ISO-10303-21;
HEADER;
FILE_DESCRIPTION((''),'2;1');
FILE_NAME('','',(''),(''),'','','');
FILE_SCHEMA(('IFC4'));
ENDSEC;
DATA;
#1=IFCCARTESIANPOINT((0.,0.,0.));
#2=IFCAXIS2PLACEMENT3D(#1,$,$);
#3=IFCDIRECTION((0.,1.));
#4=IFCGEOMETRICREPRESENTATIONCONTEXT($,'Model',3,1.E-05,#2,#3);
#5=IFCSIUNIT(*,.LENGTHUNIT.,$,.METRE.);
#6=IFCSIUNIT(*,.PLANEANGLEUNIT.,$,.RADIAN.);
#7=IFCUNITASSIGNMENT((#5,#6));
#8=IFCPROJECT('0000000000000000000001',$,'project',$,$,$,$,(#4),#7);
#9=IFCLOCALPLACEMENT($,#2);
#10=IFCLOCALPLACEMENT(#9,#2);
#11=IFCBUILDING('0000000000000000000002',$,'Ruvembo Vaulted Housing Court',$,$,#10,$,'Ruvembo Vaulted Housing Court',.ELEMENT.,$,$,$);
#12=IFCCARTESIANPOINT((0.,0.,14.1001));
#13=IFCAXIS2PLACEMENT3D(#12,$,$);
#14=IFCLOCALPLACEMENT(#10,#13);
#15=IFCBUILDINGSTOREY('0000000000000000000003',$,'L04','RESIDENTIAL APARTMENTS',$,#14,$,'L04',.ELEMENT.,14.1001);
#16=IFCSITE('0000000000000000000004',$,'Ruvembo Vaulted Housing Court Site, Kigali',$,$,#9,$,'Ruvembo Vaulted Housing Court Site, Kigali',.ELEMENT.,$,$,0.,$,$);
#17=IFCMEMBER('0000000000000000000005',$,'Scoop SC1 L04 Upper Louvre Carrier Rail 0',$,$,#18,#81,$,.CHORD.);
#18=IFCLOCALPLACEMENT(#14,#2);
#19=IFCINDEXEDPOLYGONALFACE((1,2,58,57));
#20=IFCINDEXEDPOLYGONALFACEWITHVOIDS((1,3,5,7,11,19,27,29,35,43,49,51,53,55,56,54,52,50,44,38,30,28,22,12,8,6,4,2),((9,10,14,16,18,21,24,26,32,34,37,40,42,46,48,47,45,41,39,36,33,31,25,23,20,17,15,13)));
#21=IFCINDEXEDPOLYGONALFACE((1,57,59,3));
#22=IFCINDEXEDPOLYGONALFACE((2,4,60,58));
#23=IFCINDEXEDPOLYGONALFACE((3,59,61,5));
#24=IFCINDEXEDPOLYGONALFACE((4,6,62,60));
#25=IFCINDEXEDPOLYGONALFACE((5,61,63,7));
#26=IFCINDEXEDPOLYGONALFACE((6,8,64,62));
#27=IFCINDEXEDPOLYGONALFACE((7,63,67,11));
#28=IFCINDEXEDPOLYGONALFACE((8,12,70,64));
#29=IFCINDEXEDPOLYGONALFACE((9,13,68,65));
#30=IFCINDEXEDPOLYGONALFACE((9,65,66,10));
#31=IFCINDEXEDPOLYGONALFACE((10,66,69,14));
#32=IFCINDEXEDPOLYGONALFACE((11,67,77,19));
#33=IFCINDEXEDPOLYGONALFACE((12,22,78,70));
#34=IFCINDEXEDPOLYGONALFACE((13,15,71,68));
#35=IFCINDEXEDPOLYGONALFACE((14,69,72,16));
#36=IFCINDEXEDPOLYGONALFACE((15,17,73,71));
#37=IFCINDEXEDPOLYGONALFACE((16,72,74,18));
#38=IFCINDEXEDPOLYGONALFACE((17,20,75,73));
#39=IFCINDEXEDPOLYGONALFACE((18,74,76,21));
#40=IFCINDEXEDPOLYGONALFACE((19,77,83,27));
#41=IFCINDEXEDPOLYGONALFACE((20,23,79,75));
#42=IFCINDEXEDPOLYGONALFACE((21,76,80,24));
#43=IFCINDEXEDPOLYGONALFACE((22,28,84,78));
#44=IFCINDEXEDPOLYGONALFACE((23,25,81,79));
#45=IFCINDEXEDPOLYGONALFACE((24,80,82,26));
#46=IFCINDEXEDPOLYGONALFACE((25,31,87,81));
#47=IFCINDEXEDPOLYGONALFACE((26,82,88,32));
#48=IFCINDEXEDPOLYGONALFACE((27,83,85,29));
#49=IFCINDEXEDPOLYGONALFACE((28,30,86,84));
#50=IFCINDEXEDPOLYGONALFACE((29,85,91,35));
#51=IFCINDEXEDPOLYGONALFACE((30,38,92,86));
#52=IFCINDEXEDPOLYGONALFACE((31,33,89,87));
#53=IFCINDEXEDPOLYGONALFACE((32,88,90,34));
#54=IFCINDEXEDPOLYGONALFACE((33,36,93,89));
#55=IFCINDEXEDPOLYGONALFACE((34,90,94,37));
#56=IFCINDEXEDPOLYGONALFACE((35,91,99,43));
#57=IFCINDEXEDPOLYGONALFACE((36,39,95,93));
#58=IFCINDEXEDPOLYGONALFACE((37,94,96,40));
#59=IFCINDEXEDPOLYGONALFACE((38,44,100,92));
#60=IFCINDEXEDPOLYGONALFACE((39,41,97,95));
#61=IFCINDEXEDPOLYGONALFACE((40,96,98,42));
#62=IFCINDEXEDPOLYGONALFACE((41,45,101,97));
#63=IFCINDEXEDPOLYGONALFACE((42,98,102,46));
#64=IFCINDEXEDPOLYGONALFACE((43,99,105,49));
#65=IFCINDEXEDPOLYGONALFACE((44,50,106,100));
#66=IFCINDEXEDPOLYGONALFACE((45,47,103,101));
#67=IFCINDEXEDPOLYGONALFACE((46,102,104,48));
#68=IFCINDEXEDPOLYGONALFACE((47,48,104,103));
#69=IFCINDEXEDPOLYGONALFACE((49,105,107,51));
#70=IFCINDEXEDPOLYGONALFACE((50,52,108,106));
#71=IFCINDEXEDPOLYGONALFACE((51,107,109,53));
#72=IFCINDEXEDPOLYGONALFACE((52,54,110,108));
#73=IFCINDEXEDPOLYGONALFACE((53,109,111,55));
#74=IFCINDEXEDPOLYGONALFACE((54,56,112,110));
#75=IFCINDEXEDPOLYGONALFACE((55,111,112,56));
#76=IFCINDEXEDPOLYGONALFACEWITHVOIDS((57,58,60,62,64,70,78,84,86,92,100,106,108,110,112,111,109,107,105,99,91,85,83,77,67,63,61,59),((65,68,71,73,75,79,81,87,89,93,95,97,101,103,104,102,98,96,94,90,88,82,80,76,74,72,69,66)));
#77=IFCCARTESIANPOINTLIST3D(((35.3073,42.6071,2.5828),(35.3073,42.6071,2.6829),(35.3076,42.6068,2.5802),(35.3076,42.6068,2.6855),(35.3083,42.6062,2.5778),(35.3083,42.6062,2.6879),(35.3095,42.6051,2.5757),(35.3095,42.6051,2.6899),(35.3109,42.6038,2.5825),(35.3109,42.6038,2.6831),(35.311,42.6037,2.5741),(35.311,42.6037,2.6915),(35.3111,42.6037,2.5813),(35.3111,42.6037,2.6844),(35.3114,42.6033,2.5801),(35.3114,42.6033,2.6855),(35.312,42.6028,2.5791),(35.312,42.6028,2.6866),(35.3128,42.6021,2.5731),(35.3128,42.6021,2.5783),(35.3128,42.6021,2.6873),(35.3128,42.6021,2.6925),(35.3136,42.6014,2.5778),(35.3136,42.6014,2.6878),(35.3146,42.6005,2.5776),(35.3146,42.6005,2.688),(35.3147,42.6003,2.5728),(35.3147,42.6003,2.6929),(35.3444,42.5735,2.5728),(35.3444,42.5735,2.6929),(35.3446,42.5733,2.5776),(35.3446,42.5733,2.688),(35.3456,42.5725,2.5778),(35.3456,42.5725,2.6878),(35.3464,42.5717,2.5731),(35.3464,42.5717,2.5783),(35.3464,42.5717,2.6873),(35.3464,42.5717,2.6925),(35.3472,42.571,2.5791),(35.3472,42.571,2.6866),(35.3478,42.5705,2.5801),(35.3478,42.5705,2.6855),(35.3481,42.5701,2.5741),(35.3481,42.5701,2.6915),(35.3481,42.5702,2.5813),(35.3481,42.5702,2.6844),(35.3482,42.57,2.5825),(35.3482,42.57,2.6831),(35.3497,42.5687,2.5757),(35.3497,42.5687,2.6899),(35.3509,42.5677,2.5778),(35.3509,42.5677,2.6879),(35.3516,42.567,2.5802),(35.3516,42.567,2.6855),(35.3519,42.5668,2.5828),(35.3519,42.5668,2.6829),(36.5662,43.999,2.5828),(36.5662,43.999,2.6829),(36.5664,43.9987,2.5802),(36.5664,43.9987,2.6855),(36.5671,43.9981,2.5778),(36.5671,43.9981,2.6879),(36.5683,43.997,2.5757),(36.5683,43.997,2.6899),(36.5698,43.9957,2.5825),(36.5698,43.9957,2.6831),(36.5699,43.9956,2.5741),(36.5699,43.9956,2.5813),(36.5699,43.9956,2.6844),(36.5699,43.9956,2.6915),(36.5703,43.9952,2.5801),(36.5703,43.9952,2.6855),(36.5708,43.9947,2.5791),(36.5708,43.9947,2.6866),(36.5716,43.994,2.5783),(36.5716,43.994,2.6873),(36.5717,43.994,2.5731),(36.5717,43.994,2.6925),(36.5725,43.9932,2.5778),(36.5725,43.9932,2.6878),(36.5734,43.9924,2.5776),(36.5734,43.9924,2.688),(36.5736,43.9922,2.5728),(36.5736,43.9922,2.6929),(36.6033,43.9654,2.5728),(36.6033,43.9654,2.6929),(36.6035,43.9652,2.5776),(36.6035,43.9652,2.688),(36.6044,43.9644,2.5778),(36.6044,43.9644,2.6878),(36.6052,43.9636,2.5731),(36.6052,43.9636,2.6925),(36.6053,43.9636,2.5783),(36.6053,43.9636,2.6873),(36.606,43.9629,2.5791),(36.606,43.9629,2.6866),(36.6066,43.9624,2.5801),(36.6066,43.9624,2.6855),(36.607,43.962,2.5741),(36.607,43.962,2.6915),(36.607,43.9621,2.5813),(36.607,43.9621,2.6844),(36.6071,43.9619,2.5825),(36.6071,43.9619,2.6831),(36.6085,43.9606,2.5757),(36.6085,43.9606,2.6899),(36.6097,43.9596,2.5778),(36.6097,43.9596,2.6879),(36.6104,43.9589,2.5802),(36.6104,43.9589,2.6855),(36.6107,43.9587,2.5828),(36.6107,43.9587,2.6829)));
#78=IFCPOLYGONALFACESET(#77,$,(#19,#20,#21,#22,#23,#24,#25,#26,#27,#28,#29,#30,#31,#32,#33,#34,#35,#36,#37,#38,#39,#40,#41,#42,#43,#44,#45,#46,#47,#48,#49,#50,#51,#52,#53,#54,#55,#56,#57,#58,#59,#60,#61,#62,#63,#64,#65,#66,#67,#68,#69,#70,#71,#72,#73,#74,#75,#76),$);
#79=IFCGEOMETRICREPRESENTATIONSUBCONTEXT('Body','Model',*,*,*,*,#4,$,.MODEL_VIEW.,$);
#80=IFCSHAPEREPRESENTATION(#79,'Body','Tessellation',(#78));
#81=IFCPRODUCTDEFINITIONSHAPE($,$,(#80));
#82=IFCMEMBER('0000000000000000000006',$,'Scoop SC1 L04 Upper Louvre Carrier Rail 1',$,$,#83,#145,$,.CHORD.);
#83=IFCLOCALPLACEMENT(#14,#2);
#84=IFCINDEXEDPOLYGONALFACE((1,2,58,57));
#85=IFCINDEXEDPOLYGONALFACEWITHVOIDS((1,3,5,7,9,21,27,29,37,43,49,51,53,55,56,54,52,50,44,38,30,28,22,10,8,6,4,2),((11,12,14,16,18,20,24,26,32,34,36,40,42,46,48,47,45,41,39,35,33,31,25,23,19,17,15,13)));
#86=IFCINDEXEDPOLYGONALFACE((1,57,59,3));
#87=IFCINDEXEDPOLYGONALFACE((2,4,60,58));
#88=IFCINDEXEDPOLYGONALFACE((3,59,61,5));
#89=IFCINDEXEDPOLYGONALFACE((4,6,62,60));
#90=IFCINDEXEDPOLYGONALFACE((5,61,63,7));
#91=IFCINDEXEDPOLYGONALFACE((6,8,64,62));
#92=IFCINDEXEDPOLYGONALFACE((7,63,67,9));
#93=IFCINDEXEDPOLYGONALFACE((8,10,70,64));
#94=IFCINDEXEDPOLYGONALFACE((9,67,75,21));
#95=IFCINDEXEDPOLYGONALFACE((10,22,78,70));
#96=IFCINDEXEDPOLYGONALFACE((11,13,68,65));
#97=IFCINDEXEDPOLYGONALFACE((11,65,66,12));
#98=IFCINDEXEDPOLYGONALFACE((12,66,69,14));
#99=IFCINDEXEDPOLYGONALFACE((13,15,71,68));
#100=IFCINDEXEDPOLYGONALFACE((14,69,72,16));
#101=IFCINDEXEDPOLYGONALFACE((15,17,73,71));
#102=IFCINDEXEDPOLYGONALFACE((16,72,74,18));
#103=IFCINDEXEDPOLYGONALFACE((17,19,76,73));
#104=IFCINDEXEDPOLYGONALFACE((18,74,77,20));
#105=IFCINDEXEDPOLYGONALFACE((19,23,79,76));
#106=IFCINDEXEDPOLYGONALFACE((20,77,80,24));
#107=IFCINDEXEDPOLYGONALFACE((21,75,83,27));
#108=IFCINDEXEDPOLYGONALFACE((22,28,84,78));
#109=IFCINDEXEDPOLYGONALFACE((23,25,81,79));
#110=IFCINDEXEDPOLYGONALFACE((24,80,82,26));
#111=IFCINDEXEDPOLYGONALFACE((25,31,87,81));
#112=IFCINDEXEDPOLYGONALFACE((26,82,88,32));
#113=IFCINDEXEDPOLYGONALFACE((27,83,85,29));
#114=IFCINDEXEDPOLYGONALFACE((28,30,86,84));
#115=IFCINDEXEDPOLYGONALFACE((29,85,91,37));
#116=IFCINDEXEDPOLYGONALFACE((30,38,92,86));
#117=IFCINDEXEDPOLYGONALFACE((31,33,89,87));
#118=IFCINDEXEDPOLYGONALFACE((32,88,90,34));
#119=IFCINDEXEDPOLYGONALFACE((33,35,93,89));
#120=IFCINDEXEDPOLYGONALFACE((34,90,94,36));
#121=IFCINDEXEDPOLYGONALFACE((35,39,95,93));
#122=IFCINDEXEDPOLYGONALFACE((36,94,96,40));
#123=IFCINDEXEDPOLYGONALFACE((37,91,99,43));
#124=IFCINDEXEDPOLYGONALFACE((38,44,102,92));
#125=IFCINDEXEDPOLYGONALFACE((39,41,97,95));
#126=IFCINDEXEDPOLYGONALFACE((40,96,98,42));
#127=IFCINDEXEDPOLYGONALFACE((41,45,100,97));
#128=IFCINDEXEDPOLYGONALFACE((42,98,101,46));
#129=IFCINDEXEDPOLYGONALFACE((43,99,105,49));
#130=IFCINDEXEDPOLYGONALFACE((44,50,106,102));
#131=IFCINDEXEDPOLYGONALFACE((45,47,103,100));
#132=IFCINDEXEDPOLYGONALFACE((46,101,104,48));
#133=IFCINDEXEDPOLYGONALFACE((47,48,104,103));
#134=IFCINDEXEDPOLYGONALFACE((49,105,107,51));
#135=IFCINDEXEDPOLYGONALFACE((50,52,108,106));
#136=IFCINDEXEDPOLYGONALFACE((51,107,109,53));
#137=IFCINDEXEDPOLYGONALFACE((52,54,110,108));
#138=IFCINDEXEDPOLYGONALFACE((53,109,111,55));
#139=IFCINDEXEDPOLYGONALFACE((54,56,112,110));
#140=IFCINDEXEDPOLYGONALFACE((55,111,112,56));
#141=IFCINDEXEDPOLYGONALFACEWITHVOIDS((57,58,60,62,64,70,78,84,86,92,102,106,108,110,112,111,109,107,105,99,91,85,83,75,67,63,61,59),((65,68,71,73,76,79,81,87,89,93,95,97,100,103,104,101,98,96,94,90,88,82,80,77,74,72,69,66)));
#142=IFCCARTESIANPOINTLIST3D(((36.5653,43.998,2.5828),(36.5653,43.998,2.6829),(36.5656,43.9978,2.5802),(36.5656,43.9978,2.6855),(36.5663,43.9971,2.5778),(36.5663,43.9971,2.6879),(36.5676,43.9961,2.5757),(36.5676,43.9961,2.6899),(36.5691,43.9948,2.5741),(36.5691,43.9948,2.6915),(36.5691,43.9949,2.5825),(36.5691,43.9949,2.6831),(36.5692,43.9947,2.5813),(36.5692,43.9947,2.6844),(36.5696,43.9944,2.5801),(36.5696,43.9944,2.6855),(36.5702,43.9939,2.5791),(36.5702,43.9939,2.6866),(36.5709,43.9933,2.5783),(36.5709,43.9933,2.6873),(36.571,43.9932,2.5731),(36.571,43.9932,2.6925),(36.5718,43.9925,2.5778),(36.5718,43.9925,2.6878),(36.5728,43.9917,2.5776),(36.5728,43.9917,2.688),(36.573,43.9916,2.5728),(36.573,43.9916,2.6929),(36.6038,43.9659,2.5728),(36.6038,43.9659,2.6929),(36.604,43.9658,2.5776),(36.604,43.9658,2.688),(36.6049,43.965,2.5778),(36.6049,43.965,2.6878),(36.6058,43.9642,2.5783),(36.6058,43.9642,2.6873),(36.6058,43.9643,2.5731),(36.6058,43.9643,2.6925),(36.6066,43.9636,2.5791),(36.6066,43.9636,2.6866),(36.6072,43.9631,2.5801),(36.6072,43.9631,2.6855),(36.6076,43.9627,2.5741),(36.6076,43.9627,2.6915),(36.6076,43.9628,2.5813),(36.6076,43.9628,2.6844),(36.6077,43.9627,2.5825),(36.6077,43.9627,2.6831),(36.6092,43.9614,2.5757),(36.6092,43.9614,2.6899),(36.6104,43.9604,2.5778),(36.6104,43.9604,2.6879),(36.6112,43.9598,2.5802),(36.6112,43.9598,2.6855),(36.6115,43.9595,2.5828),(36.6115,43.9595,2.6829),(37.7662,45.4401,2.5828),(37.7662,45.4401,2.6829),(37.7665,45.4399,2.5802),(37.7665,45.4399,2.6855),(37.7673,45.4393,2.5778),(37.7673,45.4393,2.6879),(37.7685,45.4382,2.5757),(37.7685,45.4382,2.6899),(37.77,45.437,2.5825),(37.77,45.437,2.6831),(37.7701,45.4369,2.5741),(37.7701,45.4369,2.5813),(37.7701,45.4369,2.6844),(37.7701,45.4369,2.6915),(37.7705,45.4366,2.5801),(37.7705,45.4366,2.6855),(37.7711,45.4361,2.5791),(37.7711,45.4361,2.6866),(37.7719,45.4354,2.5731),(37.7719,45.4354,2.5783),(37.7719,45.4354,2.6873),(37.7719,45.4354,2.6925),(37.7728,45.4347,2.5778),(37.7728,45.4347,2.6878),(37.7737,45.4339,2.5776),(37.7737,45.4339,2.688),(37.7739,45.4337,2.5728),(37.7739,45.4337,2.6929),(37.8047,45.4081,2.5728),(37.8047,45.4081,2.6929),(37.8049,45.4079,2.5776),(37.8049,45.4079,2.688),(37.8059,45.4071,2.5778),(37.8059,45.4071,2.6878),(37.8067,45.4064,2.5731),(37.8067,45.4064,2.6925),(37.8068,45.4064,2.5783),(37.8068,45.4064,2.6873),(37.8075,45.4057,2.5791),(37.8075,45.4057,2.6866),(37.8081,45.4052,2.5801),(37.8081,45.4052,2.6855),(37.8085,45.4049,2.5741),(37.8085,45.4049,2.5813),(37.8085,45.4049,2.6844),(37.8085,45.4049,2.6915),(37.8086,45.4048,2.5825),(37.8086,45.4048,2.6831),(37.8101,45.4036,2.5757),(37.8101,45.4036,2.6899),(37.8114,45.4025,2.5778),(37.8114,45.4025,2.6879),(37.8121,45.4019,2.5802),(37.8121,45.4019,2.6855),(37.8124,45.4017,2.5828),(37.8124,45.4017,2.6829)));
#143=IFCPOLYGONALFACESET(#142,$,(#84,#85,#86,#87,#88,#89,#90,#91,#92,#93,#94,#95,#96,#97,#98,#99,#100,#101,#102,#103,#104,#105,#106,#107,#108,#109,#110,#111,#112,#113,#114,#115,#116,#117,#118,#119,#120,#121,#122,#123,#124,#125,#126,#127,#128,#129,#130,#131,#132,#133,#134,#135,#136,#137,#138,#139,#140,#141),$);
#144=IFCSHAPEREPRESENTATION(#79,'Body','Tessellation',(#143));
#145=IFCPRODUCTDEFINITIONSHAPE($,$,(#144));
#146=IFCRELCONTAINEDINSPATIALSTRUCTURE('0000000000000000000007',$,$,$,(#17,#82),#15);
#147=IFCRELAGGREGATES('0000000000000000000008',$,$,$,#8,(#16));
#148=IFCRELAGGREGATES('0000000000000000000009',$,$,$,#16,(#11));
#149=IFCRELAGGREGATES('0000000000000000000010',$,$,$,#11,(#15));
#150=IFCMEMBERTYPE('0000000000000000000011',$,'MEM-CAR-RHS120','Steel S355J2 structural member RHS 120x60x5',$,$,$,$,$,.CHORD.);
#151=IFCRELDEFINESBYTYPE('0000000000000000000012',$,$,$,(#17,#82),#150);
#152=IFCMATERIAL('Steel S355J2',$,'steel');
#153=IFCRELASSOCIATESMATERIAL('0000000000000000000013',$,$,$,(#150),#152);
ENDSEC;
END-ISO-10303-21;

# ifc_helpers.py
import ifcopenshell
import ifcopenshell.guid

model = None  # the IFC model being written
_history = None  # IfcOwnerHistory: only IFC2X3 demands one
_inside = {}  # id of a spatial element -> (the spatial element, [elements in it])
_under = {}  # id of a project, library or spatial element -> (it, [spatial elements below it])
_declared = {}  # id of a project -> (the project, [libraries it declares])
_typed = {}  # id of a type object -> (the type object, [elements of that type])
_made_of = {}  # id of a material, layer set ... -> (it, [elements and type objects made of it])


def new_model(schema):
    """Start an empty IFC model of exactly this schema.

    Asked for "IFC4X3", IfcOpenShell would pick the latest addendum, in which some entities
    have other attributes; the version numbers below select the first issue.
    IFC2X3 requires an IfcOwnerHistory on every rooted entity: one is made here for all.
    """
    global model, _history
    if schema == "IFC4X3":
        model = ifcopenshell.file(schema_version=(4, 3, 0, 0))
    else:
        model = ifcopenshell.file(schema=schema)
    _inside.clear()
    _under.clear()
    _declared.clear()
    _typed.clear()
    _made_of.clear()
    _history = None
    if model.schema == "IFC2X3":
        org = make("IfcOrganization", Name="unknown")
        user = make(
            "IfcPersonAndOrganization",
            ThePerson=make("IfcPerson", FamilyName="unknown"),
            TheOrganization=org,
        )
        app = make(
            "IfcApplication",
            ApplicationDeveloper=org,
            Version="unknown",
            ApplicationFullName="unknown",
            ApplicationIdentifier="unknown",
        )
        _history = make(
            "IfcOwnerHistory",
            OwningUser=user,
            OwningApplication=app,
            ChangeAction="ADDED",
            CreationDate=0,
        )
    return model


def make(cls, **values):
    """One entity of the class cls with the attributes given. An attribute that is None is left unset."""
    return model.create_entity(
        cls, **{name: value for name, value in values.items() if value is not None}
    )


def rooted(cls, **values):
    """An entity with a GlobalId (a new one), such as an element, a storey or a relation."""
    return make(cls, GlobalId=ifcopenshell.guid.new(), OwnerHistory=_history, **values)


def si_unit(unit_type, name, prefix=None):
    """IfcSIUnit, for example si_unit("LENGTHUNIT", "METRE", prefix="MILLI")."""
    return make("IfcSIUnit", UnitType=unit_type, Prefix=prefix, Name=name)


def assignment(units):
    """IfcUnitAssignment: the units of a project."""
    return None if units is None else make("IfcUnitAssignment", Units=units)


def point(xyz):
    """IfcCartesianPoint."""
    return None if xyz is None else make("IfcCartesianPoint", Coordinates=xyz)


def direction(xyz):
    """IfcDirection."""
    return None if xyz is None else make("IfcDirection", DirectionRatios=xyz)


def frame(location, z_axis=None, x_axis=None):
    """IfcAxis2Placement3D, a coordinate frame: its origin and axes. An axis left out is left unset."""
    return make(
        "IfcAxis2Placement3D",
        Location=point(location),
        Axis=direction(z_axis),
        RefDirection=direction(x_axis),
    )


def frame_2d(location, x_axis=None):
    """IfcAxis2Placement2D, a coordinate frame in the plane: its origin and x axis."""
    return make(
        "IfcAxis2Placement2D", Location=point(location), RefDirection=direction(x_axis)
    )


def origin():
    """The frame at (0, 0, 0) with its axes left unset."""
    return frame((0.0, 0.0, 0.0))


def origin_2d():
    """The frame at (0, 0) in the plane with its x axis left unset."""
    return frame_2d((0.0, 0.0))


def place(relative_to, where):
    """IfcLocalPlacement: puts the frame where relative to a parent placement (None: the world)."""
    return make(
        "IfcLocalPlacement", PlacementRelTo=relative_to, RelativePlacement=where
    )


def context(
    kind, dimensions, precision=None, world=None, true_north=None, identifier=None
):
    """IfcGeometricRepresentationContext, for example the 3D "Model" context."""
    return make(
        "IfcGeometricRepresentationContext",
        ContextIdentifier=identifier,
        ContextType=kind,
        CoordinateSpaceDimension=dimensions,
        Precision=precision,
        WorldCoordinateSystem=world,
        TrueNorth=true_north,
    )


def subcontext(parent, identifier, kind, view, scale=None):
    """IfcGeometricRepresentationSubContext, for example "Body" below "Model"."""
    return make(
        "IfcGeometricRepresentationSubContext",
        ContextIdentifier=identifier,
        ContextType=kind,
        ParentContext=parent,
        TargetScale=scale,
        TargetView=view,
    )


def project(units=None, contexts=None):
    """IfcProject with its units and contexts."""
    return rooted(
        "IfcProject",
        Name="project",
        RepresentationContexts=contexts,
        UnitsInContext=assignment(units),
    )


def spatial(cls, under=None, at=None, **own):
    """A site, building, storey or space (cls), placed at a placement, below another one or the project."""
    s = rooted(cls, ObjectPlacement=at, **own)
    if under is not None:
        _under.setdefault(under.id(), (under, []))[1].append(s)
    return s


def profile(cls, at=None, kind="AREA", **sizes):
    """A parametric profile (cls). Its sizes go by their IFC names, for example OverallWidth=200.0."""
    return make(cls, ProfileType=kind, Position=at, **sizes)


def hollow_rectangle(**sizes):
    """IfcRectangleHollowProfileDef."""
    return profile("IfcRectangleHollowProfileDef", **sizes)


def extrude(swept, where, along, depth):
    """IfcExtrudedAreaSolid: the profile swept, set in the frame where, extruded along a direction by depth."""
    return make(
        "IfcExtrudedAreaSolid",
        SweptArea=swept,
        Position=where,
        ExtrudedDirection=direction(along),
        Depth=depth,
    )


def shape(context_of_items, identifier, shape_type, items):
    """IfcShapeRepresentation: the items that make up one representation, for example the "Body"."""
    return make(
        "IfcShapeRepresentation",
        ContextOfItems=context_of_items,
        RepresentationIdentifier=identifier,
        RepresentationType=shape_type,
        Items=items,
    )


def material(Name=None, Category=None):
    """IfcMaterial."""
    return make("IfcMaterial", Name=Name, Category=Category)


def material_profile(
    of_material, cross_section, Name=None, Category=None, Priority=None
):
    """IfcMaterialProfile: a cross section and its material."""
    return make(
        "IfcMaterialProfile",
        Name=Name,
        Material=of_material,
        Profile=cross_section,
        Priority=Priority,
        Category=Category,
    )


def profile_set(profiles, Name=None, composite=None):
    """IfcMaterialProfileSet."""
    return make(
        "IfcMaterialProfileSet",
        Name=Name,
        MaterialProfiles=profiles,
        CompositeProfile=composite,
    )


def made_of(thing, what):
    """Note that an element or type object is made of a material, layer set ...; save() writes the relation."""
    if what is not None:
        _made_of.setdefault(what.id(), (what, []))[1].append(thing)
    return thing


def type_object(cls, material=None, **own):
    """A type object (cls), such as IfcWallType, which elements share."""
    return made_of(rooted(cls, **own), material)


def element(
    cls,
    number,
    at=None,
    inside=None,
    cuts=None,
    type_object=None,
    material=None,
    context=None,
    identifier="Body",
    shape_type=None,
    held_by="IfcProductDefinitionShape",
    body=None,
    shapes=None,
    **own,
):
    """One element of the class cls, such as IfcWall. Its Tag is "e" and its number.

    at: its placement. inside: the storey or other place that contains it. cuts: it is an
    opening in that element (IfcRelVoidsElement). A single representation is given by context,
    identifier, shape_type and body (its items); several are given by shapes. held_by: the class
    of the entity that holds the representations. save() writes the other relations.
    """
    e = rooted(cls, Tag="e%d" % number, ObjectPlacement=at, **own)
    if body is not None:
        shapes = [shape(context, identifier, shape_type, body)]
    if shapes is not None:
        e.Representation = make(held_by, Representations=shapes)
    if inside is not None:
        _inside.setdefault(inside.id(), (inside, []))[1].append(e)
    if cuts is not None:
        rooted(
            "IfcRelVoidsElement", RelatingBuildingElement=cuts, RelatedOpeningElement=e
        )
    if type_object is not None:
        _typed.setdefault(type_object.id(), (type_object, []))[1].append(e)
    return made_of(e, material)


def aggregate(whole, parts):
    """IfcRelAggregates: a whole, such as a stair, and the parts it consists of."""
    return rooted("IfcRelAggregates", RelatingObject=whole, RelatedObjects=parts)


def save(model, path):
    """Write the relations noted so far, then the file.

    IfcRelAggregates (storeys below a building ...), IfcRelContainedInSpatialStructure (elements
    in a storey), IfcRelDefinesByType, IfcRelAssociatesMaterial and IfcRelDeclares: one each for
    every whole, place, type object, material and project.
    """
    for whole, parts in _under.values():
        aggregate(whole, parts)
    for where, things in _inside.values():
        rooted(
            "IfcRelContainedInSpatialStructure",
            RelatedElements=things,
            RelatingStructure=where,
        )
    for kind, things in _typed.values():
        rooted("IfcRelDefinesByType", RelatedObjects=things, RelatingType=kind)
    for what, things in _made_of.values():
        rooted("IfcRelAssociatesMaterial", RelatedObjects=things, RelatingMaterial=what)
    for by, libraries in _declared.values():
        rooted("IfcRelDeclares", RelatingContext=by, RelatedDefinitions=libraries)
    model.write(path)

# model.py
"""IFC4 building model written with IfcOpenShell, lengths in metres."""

from ifc_helpers import new_model, si_unit, direction, frame, origin, origin_2d, place, context, subcontext, project, spatial, hollow_rectangle, extrude, material, material_profile, profile_set, type_object, element, save


model = new_model("IFC4")

# Units and contexts
model_context = context("Model", 3, precision=1e-05, world=origin(), true_north=direction((0.0, 1.0)))
body_context = subcontext(model_context, "Body", "Model", "MODEL_VIEW")
ifc_project = project(units=[si_unit("LENGTHUNIT", "METRE"), si_unit("PLANEANGLEUNIT", "RADIAN")], contexts=[model_context])

# Site, building, storey
site_placement = place(None, origin())
site = spatial("IfcSite", under=ifc_project, at=site_placement, Name="Ruvembo Vaulted Housing Court Site, Kigali", LongName="Ruvembo Vaulted Housing Court Site, Kigali", CompositionType="ELEMENT", RefElevation=0.0)
building_placement = place(site_placement, origin())
building = spatial("IfcBuilding", under=site, at=building_placement, Name="Ruvembo Vaulted Housing Court", LongName="Ruvembo Vaulted Housing Court", CompositionType="ELEMENT")
storey_placement = place(building_placement, frame((0.0, 0.0, 14.1001)))
storey = spatial("IfcBuildingStorey", under=building, at=storey_placement, Name="L04", Description="RESIDENTIAL APARTMENTS", LongName="L04", CompositionType="ELEMENT", Elevation=14.1001)

# Shared definitions
ifc_material_1 = material(Name="Steel S355J2", Category="steel")

# Members
ifc_material_profile_1 = material_profile(ifc_material_1, hollow_rectangle(XDim=0.0601, YDim=0.1201, WallThickness=0.0049, InnerFilletRadius=0.0049, OuterFilletRadius=0.01, at=origin_2d()), Name="RHS 120x60x5")
ifc_profile_set_1 = profile_set([ifc_material_profile_1], Name="Steel S355J2")
member_type_1 = type_object("IfcMemberType", Name="MEM-CAR-RHS120", Description="Steel S355J2 structural member RHS 120x60x5", PredefinedType="CHORD", material=ifc_profile_set_1)
for number, where, z_axis, x_axis, name in (
    (1, (35.3296, 42.5869, 2.6328), (0.670767, 0.741668, 0.0), (-0.741668, 0.670767, 0.0), "Scoop SC1 L04 Upper Louvre Carrier Rail 0"),
    (2, (36.5884, 43.9788, 2.6328), (0.639916, 0.768445, 0.0), (-0.768445, 0.639916, 0.0), "Scoop SC1 L04 Upper Louvre Carrier Rail 1"),
):
    element("IfcMember", number, at=place(storey_placement, frame(where, z_axis=z_axis, x_axis=x_axis)), inside=storey, type_object=member_type_1, Name=name, PredefinedType="CHORD", context=body_context, shape_type="SweptSolid", body=[
        extrude(hollow_rectangle(XDim=0.0601, YDim=0.1201, WallThickness=0.0049, InnerFilletRadius=0.0049, OuterFilletRadius=0.01, at=origin_2d()), origin(), (0.0, 0.0, 1.0), 1.8767),
    ])

save(model, "model.ifc")
